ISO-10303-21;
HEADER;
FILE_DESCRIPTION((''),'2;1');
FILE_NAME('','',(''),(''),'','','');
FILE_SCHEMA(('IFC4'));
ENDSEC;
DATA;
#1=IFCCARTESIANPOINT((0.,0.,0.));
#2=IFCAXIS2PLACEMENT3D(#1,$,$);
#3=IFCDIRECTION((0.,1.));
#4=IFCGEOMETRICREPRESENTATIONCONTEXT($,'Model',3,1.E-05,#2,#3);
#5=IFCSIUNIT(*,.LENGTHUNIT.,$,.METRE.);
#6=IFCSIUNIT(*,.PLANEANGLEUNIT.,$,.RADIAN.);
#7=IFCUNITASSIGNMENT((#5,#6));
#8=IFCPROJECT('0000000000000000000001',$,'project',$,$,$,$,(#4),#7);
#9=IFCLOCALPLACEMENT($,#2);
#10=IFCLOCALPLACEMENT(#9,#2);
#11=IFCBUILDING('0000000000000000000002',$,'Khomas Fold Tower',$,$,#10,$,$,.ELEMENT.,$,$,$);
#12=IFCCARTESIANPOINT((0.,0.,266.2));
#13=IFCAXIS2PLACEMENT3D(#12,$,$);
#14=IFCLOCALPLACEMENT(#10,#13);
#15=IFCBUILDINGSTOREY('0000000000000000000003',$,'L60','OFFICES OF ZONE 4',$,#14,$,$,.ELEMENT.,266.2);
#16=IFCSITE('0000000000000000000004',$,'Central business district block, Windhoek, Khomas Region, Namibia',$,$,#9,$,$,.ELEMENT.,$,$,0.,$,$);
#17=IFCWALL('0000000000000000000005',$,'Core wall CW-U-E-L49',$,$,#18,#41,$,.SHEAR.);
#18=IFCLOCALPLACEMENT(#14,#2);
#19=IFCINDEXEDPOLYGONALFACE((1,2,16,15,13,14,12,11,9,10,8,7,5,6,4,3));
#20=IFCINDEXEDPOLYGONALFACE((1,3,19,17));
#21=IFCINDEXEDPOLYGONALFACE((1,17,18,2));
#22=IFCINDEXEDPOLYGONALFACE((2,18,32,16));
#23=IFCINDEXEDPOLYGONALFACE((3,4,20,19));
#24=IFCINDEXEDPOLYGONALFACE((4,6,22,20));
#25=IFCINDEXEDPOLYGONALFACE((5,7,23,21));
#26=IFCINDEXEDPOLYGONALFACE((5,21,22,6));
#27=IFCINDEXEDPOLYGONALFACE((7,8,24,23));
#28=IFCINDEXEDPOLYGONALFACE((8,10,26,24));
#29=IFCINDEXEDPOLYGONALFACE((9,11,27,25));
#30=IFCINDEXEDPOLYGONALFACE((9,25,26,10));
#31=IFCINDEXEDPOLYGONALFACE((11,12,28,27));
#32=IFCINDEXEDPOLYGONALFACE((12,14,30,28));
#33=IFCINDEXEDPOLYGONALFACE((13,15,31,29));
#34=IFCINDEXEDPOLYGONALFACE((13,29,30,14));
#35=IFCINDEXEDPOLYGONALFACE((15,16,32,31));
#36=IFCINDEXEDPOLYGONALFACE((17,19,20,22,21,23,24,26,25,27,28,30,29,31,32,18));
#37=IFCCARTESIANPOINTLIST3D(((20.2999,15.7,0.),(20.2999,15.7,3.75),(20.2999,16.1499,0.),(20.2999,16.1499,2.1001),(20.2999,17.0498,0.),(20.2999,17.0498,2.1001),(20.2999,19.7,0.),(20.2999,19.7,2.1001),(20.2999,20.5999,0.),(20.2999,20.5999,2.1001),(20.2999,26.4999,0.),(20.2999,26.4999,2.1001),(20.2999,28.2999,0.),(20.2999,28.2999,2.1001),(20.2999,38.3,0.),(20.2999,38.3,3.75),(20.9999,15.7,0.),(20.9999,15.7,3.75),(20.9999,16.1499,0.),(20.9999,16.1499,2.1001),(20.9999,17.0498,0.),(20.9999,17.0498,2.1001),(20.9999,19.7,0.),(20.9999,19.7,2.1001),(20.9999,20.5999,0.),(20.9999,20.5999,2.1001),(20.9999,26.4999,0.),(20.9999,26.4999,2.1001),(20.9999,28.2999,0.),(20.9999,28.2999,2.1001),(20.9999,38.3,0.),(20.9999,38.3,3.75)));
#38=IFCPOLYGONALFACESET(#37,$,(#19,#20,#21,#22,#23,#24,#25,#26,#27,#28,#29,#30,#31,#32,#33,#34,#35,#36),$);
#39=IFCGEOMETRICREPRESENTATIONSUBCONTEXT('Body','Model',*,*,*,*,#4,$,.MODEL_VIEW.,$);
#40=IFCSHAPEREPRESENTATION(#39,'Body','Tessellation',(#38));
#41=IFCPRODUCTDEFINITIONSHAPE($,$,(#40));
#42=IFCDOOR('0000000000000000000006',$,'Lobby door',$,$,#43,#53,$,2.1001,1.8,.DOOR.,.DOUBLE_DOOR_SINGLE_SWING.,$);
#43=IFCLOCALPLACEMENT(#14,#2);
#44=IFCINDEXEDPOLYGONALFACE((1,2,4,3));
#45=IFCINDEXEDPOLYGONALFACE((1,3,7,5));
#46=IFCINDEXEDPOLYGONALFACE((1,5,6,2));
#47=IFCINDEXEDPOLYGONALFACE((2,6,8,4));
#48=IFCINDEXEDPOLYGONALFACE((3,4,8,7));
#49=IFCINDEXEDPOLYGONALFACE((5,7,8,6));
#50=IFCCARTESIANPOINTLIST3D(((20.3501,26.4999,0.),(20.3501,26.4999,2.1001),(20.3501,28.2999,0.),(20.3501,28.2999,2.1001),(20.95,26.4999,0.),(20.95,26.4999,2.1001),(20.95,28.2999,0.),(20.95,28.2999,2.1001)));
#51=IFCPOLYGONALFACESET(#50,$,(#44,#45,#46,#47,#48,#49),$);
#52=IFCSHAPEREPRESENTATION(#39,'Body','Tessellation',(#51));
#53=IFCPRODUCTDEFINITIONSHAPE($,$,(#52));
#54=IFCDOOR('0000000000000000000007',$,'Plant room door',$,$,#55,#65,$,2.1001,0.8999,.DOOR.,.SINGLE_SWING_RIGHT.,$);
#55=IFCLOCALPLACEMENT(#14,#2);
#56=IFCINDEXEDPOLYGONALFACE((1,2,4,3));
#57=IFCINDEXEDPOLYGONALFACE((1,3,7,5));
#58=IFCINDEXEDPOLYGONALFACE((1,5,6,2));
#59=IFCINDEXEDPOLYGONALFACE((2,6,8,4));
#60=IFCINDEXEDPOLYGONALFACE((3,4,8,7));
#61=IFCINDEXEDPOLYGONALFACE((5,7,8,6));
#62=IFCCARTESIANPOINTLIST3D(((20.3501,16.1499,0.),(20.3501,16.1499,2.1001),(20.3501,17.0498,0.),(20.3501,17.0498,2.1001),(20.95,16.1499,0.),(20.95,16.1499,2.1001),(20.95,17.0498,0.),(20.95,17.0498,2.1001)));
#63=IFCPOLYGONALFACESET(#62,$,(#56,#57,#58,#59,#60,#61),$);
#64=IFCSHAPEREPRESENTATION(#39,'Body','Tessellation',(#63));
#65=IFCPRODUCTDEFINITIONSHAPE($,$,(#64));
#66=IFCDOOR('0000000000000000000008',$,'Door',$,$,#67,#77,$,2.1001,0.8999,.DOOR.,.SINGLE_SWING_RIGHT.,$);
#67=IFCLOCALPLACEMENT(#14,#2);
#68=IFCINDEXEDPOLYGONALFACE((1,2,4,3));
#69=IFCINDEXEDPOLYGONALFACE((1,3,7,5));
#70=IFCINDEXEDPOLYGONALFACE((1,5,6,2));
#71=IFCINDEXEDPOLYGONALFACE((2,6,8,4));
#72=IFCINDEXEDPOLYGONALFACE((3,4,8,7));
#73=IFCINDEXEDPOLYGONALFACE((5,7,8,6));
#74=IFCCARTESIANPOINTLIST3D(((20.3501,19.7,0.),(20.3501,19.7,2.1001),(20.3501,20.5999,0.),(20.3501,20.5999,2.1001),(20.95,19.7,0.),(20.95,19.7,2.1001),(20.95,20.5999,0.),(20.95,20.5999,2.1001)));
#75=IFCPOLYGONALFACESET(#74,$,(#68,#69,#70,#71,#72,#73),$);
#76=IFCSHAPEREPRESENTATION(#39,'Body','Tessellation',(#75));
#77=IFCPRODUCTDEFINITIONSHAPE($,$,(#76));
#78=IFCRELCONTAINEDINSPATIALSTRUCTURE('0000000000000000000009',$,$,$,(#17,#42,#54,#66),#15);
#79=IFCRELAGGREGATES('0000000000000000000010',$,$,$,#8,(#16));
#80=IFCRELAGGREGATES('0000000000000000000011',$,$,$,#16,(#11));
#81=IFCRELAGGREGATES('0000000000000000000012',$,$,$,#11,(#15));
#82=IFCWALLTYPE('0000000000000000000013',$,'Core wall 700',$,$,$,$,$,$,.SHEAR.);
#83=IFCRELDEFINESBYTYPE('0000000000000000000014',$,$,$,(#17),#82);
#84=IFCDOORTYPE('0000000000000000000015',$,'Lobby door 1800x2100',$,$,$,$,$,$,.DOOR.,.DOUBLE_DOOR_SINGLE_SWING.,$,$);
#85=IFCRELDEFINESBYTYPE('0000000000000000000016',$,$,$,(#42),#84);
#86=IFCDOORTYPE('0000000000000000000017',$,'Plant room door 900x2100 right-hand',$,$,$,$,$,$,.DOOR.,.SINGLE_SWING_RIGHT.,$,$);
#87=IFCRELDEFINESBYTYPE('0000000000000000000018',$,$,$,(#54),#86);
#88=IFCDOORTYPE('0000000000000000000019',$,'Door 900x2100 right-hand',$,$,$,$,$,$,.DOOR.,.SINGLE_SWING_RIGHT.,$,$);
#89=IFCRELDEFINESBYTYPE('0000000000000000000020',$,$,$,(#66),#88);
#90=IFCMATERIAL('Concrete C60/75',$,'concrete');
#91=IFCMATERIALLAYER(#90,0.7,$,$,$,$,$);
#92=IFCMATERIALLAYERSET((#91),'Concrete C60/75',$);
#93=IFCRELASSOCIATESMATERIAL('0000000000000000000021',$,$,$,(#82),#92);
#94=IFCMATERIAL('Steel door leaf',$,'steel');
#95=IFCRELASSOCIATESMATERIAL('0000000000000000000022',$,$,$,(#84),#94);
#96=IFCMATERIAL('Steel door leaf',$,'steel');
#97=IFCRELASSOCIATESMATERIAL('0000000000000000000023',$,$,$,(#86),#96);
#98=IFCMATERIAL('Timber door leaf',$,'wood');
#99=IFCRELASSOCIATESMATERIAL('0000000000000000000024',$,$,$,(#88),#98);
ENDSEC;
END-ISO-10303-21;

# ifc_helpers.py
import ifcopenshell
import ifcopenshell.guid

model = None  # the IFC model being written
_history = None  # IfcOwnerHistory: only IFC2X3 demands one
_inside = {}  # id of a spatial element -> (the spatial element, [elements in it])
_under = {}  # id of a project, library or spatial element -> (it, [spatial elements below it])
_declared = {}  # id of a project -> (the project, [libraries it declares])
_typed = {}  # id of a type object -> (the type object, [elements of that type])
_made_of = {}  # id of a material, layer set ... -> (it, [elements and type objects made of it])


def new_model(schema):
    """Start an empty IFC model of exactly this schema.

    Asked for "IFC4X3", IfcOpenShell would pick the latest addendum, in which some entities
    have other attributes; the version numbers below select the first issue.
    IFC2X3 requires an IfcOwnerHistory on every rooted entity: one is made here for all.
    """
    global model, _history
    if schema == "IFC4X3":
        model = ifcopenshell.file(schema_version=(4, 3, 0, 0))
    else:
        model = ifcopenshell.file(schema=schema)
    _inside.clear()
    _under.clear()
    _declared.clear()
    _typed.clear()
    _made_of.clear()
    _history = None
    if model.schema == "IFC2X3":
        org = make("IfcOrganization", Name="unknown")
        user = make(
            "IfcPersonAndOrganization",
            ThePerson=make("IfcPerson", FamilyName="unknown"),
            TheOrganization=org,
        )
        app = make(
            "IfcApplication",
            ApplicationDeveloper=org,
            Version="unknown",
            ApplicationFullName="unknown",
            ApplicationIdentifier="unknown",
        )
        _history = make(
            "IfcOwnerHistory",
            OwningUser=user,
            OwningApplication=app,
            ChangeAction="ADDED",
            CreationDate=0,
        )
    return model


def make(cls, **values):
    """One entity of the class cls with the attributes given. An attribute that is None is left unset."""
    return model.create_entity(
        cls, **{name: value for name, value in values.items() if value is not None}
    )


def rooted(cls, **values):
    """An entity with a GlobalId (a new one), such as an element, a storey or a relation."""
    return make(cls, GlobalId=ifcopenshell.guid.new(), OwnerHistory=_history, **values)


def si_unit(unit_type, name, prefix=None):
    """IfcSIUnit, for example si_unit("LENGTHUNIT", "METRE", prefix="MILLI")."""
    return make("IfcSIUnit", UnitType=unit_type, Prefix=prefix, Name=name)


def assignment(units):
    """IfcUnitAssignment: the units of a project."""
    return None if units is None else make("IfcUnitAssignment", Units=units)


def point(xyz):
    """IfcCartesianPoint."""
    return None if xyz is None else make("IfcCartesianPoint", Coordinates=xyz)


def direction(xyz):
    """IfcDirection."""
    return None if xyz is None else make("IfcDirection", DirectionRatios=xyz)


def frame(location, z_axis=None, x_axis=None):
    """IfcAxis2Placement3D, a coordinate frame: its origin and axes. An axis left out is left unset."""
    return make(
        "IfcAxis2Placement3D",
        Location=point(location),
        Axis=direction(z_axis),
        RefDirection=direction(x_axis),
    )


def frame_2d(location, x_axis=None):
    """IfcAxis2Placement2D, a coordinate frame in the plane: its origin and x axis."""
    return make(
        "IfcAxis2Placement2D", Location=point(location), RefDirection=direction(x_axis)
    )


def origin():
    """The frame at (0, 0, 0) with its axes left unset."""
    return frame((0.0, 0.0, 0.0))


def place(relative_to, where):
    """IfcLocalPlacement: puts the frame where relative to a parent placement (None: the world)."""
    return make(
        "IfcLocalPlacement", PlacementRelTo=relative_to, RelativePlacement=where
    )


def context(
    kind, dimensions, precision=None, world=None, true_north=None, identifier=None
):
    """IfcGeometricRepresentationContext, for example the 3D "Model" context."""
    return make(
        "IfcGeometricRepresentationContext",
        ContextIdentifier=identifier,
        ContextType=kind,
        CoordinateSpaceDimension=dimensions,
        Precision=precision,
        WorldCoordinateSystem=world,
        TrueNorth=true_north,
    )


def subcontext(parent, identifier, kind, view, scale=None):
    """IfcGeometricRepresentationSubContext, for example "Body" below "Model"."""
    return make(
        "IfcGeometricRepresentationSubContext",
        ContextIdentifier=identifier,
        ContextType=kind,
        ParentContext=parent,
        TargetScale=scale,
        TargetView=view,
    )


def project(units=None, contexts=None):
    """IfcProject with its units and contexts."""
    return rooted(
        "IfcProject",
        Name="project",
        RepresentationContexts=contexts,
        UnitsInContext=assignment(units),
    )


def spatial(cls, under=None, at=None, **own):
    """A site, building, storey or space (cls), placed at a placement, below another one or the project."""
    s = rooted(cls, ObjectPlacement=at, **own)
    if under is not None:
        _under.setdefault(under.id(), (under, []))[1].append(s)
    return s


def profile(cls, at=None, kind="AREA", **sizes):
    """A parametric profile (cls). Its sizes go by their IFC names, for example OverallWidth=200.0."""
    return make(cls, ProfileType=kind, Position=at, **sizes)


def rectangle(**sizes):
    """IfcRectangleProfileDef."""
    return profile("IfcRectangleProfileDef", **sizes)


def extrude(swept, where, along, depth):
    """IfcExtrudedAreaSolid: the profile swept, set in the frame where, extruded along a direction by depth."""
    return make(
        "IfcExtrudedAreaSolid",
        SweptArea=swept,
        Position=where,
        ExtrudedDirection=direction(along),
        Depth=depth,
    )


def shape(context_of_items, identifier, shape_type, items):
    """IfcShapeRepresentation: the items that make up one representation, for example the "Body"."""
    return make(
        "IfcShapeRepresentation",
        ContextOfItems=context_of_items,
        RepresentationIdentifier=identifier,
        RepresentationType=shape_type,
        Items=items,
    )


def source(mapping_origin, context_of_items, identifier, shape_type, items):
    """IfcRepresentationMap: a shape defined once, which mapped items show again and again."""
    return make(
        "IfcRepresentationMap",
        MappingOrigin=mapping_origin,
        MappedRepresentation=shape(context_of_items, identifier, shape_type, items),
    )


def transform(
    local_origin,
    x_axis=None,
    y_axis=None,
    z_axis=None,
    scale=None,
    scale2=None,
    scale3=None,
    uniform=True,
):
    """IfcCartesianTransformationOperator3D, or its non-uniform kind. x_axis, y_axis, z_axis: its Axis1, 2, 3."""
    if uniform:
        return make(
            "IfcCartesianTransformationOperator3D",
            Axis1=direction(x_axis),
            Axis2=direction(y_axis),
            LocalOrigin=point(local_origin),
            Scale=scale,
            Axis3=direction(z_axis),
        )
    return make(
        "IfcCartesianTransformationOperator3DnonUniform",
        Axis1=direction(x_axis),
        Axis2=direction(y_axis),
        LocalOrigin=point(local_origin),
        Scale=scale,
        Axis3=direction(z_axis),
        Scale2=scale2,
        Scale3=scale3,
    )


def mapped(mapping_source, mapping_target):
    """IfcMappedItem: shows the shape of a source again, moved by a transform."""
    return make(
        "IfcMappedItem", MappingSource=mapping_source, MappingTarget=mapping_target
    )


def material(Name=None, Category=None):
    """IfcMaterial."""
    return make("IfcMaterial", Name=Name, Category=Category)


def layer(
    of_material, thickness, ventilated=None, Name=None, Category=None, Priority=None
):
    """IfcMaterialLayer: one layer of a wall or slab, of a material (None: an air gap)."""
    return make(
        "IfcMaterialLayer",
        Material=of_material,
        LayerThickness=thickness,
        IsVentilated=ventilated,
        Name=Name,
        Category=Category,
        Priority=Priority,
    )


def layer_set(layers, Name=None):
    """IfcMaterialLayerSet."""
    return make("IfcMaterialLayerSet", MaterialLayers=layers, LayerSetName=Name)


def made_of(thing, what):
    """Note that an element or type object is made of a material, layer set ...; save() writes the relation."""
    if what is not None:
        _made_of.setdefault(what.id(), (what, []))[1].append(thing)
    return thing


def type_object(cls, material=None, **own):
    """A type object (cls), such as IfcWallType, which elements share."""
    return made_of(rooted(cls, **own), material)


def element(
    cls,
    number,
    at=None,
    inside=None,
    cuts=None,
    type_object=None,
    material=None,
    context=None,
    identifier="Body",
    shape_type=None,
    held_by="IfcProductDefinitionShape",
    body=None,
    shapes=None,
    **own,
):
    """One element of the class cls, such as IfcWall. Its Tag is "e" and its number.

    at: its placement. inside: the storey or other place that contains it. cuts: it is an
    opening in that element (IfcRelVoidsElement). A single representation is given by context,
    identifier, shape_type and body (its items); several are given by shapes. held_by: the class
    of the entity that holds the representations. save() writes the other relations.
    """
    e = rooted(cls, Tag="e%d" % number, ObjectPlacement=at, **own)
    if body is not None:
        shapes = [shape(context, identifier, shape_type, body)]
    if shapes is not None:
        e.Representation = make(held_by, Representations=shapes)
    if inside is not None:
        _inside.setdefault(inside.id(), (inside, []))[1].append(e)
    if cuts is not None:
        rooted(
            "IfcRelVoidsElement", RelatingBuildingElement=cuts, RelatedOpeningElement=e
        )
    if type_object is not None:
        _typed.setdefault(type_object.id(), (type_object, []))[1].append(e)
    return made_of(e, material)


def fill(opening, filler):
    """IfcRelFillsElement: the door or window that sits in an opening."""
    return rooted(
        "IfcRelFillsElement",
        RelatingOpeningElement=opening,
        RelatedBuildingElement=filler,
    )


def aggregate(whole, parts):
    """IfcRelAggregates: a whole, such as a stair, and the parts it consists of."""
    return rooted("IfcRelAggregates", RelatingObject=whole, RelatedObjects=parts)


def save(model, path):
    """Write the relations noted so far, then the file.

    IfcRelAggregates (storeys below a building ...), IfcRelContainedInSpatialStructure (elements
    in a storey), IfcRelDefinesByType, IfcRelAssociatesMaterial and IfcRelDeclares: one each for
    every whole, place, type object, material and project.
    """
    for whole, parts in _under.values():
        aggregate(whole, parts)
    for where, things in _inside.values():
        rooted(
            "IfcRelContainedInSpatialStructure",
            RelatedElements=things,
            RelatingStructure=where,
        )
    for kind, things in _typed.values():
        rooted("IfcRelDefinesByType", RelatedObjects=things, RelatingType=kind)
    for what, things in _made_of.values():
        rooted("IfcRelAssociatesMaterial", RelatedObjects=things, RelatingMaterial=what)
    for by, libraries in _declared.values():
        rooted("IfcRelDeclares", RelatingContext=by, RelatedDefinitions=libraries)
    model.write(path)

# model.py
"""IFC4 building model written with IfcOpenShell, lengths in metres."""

from ifc_helpers import new_model, si_unit, direction, frame, frame_2d, origin, place, context, subcontext, project, spatial, rectangle, extrude, source, transform, mapped, material, layer, layer_set, type_object, element, fill, save


model = new_model("IFC4")

# Units and contexts
model_context = context("Model", 3, precision=1e-05, world=origin(), true_north=direction((0.0, 1.0)))
body_context = subcontext(model_context, "Body", "Model", "MODEL_VIEW")
ifc_project = project(units=[si_unit("LENGTHUNIT", "METRE"), si_unit("PLANEANGLEUNIT", "RADIAN")], contexts=[model_context])

# Site, building, storey
site_placement = place(None, origin())
site = spatial("IfcSite", under=ifc_project, at=site_placement, Name="Central business district block, Windhoek, Khomas Region, Namibia", CompositionType="ELEMENT", RefElevation=0.0)
building_placement = place(site_placement, origin())
building = spatial("IfcBuilding", under=site, at=building_placement, Name="Khomas Fold Tower", CompositionType="ELEMENT")
storey_placement = place(building_placement, frame((0.0, 0.0, 266.2)))
storey = spatial("IfcBuildingStorey", under=building, at=storey_placement, Name="L60", Description="OFFICES OF ZONE 4", CompositionType="ELEMENT", Elevation=266.2)

# Wall, openings, doors
ifc_material_1 = material(Name="Concrete C60/75", Category="concrete")
ifc_layer_1 = layer(ifc_material_1, 0.7)
ifc_layer_set_1 = layer_set([ifc_layer_1], Name="Concrete C60/75")
wall_type_1 = type_object("IfcWallType", Name="Core wall 700", PredefinedType="SHEAR", material=ifc_layer_set_1)
shared_shape_1 = source(origin(), body_context, "Body", "SweptSolid", [
    extrude(rectangle(XDim=22.6001, YDim=0.7, at=frame_2d((11.3, 0.0))), origin(), (0.0, 0.0, 1.0), 3.75),
])
wall_1_placement = place(storey_placement, frame((20.6499, 15.7, 0.0), z_axis=(0.0, 0.0, 1.0), x_axis=(0.0, 1.0, 0.0)))
wall_1 = element("IfcWall", 1, at=wall_1_placement, inside=storey, type_object=wall_type_1, Name="Core wall CW-U-E-L49", PredefinedType="SHEAR", context=body_context, shape_type="MappedRepresentation", body=[
    mapped(shared_shape_1, transform((0.0, 0.0, 0.0))),
])
shared_shape_2 = source(origin(), body_context, "Body", "SweptSolid", [
    extrude(rectangle(XDim=1.8, YDim=2.1001, at=frame_2d((0.8999, 1.05))), frame((0.0, 0.3599, 0.0), z_axis=(0.0, -1.0, 0.0), x_axis=(1.0, 0.0, 0.0)), (0.0, 0.0, 1.0), 0.72),
])
opening_1_placement = place(wall_1_placement, frame((10.8, 0.0, 0.0)))
opening_1 = element("IfcOpeningElement", 2, at=opening_1_placement, cuts=wall_1, PredefinedType="OPENING", context=body_context, shape_type="MappedRepresentation", body=[
    mapped(shared_shape_2, transform((0.0, 0.0, 0.0))),
])
shared_shape_3 = source(origin(), body_context, "Body", "SweptSolid", [
    extrude(rectangle(XDim=0.8999, YDim=2.1001, at=frame_2d((0.45, 1.05))), frame((0.0, 0.3599, 0.0), z_axis=(0.0, -1.0, 0.0), x_axis=(1.0, 0.0, 0.0)), (0.0, 0.0, 1.0), 0.72),
])
opening_2_placement = place(wall_1_placement, frame((0.45, 0.0, 0.0)))
opening_2 = element("IfcOpeningElement", 3, at=opening_2_placement, cuts=wall_1, PredefinedType="OPENING", context=body_context, shape_type="MappedRepresentation", body=[
    mapped(shared_shape_3, transform((0.0, 0.0, 0.0))),
])
opening_3_placement = place(wall_1_placement, frame((4.0, 0.0, 0.0)))
opening_3 = element("IfcOpeningElement", 4, at=opening_3_placement, cuts=wall_1, PredefinedType="OPENING", context=body_context, shape_type="MappedRepresentation", body=[
    mapped(shared_shape_3, transform((0.0, 0.0, 0.0))),
])
ifc_material_2 = material(Name="Steel door leaf", Category="steel")
door_type_1 = type_object("IfcDoorType", Name="Lobby door 1800x2100", OperationType="DOUBLE_DOOR_SINGLE_SWING", PredefinedType="DOOR", material=ifc_material_2)
shared_shape_4 = source(origin(), body_context, "Body", "SweptSolid", [
    extrude(rectangle(XDim=1.8, YDim=2.1001, at=frame_2d((0.8999, 1.05))), frame((0.0, 0.2998, 0.0), z_axis=(0.0, -1.0, 0.0), x_axis=(1.0, 0.0, 0.0)), (0.0, 0.0, 1.0), 0.5999),
])
door_1_placement = place(opening_1_placement, origin())
door_1 = element("IfcDoor", 5, at=door_1_placement, inside=storey, type_object=door_type_1, Name="Lobby door", OperationType="DOUBLE_DOOR_SINGLE_SWING", OverallHeight=2.1001, OverallWidth=1.8, PredefinedType="DOOR", context=body_context, shape_type="MappedRepresentation", body=[
    mapped(shared_shape_4, transform((0.0, 0.0, 0.0))),
])
fill(opening_1, door_1)
ifc_material_3 = material(Name="Steel door leaf", Category="steel")
door_type_2 = type_object("IfcDoorType", Name="Plant room door 900x2100 right-hand", OperationType="SINGLE_SWING_RIGHT", PredefinedType="DOOR", material=ifc_material_3)
shared_shape_5 = source(origin(), body_context, "Body", "SweptSolid", [
    extrude(rectangle(XDim=0.8999, YDim=2.1001, at=frame_2d((0.45, 1.05))), frame((0.0, 0.2998, 0.0), z_axis=(0.0, -1.0, 0.0), x_axis=(1.0, 0.0, 0.0)), (0.0, 0.0, 1.0), 0.5999),
])
door_2_placement = place(opening_2_placement, origin())
door_2 = element("IfcDoor", 6, at=door_2_placement, inside=storey, type_object=door_type_2, Name="Plant room door", OperationType="SINGLE_SWING_RIGHT", OverallHeight=2.1001, OverallWidth=0.8999, PredefinedType="DOOR", context=body_context, shape_type="MappedRepresentation", body=[
    mapped(shared_shape_5, transform((0.0, 0.0, 0.0))),
])
fill(opening_2, door_2)
ifc_material_4 = material(Name="Timber door leaf", Category="wood")
door_type_3 = type_object("IfcDoorType", Name="Door 900x2100 right-hand", OperationType="SINGLE_SWING_RIGHT", PredefinedType="DOOR", material=ifc_material_4)
door_3_placement = place(opening_3_placement, origin())
door_3 = element("IfcDoor", 7, at=door_3_placement, inside=storey, type_object=door_type_3, Name="Door", OperationType="SINGLE_SWING_RIGHT", OverallHeight=2.1001, OverallWidth=0.8999, PredefinedType="DOOR", context=body_context, shape_type="MappedRepresentation", body=[
    mapped(shared_shape_5, transform((0.0, 0.0, 0.0))),
])
fill(opening_3, door_3)

save(model, "model.ifc")
